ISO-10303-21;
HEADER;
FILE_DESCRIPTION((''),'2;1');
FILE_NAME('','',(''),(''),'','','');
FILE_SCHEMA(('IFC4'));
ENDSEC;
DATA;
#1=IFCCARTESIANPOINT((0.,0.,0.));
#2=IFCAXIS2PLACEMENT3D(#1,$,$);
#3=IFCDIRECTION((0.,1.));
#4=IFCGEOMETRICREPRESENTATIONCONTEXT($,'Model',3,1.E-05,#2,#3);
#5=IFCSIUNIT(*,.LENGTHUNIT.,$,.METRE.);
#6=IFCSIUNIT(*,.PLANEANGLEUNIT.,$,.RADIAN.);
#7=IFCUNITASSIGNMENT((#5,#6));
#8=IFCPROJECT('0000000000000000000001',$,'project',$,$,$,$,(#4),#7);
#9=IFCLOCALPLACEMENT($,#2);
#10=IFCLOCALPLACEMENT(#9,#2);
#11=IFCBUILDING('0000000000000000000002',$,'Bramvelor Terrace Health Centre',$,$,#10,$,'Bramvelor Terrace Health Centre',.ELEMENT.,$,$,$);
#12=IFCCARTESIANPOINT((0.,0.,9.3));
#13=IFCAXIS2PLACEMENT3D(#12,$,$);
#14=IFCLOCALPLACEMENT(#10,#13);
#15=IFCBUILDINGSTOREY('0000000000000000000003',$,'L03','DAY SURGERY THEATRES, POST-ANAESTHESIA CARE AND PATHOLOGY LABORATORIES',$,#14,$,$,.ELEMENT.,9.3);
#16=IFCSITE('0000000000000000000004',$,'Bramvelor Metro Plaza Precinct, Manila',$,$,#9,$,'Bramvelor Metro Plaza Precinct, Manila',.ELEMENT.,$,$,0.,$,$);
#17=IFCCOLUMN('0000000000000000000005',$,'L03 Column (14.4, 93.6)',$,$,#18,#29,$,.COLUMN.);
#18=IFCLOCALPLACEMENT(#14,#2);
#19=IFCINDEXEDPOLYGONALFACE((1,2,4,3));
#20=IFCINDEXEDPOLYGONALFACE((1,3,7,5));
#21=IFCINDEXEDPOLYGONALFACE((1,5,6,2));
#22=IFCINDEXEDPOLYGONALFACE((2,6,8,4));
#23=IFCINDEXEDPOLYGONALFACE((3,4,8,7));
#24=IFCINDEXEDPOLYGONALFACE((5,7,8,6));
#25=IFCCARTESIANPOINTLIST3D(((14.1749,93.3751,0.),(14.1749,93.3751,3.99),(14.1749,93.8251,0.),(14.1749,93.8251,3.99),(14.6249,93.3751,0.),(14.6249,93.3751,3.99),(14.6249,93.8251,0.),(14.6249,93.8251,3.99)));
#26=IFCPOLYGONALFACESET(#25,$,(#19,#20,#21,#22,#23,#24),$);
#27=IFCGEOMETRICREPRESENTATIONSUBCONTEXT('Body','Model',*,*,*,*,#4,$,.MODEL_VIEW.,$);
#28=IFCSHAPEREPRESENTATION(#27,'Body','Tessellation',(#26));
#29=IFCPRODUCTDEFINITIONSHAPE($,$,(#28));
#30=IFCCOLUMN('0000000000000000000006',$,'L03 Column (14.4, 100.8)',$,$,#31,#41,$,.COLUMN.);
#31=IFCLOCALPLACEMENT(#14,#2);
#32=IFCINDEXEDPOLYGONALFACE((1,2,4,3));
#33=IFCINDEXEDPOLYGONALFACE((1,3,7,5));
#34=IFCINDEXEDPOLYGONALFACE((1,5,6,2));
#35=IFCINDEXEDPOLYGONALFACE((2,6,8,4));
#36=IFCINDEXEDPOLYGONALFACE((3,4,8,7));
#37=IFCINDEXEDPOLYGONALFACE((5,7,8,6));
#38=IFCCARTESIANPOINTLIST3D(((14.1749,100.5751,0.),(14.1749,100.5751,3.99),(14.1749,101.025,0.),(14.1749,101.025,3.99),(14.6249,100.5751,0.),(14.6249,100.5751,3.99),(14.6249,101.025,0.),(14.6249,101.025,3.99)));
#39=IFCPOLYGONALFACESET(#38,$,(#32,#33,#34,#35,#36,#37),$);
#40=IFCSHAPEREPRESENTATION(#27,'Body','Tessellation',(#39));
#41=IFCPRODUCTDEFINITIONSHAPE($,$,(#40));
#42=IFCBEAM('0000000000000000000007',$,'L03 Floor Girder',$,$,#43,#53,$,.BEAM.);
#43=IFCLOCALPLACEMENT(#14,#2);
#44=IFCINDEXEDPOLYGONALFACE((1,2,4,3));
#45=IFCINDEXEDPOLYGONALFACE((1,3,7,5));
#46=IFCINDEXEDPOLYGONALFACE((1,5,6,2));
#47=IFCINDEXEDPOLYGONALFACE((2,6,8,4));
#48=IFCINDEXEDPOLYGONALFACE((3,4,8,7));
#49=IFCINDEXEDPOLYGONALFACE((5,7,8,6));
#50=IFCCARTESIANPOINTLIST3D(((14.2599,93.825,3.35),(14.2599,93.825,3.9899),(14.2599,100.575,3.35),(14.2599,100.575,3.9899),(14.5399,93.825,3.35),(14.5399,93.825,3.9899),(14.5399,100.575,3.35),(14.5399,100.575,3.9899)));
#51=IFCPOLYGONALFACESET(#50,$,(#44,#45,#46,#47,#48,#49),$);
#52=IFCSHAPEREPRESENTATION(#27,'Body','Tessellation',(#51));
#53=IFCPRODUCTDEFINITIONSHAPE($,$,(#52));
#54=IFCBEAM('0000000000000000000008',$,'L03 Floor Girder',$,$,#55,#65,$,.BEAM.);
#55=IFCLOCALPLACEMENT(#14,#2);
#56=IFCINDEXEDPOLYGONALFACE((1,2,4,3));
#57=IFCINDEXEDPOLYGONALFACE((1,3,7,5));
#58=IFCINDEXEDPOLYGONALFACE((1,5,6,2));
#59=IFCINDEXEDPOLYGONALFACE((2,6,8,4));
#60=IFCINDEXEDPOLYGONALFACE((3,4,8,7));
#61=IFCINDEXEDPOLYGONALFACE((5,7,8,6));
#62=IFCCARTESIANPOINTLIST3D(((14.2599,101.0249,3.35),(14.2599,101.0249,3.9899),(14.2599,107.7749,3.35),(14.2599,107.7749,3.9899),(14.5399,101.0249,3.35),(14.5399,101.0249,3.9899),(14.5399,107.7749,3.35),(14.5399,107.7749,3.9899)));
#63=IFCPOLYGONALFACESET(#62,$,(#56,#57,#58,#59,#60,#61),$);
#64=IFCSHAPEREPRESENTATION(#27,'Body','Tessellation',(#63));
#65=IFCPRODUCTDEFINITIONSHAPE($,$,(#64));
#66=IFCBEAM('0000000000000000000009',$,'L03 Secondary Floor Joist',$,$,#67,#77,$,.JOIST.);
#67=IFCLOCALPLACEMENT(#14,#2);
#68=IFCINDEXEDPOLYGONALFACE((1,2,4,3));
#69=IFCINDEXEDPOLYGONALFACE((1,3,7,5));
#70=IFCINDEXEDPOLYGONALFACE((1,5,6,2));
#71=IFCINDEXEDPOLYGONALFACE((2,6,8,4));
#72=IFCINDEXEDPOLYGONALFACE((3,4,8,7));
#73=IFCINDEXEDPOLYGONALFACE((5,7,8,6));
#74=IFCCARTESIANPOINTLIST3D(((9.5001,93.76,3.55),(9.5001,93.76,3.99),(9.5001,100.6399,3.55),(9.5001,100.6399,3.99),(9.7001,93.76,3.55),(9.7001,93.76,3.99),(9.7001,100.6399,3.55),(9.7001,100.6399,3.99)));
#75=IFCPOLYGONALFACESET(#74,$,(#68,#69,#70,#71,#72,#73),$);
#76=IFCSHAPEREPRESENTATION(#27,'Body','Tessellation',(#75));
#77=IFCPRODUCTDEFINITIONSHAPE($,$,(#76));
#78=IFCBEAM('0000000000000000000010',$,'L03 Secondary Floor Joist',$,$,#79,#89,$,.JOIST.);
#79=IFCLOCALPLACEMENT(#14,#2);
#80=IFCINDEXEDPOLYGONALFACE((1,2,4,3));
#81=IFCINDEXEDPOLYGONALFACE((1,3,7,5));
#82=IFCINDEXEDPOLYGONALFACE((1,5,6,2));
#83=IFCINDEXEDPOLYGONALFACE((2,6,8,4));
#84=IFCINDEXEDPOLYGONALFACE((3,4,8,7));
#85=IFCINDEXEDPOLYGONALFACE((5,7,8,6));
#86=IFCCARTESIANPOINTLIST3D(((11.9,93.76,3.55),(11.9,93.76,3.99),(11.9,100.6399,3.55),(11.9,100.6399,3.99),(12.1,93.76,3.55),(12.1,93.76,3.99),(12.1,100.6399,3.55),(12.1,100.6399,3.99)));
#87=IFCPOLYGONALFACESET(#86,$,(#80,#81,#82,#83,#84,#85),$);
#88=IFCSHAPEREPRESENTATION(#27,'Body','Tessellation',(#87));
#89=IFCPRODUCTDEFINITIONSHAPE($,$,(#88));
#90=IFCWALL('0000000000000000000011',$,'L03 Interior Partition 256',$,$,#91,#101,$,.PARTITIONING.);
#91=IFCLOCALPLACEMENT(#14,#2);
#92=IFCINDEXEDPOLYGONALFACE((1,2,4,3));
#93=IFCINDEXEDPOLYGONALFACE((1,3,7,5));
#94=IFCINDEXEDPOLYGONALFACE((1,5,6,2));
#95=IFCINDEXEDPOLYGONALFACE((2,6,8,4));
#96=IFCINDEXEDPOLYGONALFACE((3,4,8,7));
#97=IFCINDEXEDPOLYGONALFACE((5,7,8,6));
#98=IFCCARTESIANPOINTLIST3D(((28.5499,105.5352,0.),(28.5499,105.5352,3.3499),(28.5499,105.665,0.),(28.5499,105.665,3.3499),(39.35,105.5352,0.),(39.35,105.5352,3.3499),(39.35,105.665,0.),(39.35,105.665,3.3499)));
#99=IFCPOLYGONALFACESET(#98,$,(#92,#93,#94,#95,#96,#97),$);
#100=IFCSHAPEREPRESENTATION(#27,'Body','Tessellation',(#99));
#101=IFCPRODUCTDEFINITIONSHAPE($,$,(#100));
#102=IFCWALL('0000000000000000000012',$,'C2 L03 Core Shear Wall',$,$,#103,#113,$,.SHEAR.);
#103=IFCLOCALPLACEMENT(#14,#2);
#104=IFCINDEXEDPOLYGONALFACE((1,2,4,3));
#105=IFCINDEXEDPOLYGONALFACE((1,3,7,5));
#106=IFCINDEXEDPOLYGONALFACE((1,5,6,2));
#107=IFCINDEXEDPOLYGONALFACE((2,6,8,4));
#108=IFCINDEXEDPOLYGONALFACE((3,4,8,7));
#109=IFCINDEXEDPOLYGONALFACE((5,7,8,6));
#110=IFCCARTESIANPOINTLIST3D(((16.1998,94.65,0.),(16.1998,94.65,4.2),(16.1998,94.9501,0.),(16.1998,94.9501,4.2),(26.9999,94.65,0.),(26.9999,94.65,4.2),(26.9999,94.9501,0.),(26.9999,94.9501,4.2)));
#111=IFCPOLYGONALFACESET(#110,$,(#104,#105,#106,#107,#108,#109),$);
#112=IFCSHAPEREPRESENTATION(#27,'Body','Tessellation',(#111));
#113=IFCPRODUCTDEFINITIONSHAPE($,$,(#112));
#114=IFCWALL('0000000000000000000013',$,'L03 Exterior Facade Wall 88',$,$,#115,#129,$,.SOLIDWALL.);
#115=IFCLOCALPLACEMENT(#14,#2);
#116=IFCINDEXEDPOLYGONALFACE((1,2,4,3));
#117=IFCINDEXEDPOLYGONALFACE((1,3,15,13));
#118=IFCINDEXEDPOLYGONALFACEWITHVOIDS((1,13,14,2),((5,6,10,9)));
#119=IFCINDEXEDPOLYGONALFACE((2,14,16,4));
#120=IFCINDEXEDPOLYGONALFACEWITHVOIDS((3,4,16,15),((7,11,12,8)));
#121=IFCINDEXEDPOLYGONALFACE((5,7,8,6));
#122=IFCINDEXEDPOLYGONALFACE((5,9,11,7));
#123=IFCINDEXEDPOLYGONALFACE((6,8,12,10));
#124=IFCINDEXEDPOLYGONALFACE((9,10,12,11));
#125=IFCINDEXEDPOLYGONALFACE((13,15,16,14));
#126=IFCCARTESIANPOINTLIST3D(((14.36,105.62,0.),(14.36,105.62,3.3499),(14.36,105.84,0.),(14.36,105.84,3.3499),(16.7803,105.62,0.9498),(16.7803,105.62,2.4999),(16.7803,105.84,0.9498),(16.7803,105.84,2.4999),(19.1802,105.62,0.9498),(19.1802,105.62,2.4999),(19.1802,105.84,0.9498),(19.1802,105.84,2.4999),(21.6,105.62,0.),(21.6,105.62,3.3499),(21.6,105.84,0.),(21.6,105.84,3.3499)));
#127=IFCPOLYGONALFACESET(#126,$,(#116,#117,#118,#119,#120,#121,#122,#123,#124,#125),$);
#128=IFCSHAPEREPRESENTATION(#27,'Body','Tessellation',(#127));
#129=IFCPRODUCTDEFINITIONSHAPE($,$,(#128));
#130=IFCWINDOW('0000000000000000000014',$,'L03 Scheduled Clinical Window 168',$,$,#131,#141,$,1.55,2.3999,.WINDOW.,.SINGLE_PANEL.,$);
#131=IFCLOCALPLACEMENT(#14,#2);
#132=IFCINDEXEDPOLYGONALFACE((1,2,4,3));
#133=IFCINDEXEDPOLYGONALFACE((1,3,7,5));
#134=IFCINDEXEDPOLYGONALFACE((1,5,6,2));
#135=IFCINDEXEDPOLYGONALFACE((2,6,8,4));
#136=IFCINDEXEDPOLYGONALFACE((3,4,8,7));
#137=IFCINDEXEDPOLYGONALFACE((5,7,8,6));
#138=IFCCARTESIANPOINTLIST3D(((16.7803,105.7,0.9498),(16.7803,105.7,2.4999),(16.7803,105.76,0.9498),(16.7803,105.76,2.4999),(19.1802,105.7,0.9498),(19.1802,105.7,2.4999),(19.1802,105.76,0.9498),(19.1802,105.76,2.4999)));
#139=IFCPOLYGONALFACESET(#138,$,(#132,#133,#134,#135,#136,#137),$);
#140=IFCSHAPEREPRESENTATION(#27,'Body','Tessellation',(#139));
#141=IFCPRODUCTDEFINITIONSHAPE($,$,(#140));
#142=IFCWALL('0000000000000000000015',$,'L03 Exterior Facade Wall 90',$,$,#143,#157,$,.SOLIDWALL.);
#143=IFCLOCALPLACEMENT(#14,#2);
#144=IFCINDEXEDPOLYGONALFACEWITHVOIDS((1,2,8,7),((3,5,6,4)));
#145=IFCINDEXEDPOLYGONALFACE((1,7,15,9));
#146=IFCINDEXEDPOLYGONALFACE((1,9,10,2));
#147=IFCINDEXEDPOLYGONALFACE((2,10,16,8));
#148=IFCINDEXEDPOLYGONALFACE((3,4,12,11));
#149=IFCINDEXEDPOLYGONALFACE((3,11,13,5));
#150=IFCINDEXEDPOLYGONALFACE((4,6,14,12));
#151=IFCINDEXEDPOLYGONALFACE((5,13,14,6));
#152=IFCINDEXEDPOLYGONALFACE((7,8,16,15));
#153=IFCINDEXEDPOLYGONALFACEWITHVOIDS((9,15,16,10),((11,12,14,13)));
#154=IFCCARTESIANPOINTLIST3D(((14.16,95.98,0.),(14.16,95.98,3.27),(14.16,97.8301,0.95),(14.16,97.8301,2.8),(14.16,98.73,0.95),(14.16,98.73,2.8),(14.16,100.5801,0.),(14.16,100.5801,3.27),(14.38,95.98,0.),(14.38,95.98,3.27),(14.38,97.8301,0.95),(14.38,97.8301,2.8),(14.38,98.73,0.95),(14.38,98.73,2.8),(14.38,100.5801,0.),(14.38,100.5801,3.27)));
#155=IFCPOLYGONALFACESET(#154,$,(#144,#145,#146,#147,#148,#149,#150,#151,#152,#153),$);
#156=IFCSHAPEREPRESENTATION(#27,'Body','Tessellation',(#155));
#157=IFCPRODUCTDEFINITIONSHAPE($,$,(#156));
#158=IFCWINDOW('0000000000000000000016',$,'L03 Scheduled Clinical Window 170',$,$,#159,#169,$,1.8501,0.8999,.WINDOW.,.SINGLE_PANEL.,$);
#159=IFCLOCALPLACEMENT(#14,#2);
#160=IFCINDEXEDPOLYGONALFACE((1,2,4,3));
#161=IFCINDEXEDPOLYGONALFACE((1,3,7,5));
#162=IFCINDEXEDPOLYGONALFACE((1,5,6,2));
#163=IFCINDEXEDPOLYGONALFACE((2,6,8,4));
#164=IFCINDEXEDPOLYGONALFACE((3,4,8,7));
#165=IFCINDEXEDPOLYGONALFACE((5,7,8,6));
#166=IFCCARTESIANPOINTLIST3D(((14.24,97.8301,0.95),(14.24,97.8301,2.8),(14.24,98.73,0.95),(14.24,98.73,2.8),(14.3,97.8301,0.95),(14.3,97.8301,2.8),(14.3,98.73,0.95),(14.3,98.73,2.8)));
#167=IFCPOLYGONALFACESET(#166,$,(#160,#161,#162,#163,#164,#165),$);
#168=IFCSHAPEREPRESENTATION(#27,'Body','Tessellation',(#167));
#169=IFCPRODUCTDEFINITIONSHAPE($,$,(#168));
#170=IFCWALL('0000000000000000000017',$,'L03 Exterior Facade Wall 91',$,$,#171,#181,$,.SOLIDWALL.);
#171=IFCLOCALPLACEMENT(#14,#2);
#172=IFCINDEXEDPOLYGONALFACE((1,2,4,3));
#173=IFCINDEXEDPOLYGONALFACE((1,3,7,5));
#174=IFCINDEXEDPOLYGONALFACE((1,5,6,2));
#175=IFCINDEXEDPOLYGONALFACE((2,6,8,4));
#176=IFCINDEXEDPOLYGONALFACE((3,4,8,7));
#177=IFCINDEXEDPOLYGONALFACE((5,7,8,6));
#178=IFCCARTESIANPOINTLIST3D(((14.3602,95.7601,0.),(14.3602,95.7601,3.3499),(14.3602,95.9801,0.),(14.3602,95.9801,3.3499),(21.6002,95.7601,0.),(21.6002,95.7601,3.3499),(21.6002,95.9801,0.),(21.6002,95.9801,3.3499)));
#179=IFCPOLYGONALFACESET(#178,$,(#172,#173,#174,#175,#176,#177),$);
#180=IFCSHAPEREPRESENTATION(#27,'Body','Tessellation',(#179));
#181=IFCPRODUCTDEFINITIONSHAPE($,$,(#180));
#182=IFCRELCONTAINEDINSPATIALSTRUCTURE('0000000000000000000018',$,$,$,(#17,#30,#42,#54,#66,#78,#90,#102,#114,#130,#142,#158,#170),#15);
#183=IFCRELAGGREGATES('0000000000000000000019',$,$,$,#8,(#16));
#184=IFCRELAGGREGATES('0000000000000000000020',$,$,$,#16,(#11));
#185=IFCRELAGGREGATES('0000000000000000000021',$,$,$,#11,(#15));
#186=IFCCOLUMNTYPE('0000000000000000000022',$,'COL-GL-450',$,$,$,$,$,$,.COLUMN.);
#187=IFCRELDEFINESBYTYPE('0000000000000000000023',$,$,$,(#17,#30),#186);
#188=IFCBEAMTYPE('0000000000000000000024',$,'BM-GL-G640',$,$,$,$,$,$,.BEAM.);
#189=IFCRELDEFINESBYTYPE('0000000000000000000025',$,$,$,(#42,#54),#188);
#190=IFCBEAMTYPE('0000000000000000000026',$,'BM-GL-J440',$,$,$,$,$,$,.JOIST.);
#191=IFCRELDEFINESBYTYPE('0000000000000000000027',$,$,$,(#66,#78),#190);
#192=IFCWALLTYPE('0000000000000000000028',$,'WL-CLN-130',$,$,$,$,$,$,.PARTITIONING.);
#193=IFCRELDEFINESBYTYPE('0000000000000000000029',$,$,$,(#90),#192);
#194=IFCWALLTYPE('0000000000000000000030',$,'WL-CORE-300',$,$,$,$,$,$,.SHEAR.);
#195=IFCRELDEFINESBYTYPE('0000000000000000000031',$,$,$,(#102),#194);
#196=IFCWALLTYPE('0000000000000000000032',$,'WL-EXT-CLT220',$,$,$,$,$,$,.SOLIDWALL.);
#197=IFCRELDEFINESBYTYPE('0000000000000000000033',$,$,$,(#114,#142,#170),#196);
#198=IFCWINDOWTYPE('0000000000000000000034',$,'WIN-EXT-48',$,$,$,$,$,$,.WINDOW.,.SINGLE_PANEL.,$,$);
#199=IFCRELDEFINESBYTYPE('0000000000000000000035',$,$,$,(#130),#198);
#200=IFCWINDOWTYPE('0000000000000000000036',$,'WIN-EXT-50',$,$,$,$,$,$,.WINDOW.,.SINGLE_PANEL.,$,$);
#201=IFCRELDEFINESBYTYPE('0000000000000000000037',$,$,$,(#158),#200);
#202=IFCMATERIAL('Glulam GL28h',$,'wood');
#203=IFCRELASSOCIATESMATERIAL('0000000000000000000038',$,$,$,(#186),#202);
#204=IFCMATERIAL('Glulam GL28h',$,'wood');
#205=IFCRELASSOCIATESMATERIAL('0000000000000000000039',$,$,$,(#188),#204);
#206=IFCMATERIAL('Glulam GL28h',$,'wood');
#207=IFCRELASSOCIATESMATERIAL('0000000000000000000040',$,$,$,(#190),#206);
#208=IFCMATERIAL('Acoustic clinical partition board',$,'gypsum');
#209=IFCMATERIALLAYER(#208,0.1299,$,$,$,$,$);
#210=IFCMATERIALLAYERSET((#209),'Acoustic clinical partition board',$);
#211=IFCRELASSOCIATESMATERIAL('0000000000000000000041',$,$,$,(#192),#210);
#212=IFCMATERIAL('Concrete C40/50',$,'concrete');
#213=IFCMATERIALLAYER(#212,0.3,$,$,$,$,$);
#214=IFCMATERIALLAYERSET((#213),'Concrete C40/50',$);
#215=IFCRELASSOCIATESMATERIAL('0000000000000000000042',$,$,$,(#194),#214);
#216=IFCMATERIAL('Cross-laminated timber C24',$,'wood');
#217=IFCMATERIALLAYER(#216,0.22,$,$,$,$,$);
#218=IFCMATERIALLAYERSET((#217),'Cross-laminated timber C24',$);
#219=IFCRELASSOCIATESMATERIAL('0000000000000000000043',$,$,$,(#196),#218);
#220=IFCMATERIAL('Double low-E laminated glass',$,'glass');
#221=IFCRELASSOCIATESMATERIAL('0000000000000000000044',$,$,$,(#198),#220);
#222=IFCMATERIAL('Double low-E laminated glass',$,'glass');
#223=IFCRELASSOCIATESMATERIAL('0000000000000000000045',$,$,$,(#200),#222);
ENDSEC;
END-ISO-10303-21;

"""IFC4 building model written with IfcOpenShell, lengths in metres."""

from ifc_helpers import new_model, si_unit, direction, frame, frame_2d, origin, origin_2d, place, context, subcontext, project, spatial, rectangle, extrude, material, layer, layer_set, material_profile, profile_set, type_object, element, fill, save


model = new_model("IFC4")

# Units and contexts
model_context = context("Model", 3, precision=1e-05, world=origin(), true_north=direction((0.0, 1.0)))
body_context = subcontext(model_context, "Body", "Model", "MODEL_VIEW")
ifc_project = project(units=[si_unit("LENGTHUNIT", "METRE"), si_unit("PLANEANGLEUNIT", "RADIAN")], contexts=[model_context])

# Site, building, storey
site_placement = place(None, origin())
site = spatial("IfcSite", under=ifc_project, at=site_placement, Name="Bramvelor Metro Plaza Precinct, Manila", LongName="Bramvelor Metro Plaza Precinct, Manila", CompositionType="ELEMENT", RefElevation=0.0)
building_placement = place(site_placement, origin())
building = spatial("IfcBuilding", under=site, at=building_placement, Name="Bramvelor Terrace Health Centre", LongName="Bramvelor Terrace Health Centre", CompositionType="ELEMENT")
storey_placement = place(building_placement, frame((0.0, 0.0, 9.3)))
storey = spatial("IfcBuildingStorey", under=building, at=storey_placement, Name="L03", Description="DAY SURGERY THEATRES, POST-ANAESTHESIA CARE AND PATHOLOGY LABORATORIES", CompositionType="ELEMENT", Elevation=9.3)

# Columns
ifc_material_1 = material(Name="Glulam GL28h", Category="wood")
ifc_material_profile_1 = material_profile(ifc_material_1, rectangle(XDim=0.45, YDim=0.45, at=origin_2d()), Name="GL 450x450")
ifc_profile_set_1 = profile_set([ifc_material_profile_1], Name="Glulam GL28h")
column_type = type_object("IfcColumnType", Name="COL-GL-450", PredefinedType="COLUMN", material=ifc_profile_set_1)
for number, where, z_axis, x_axis, name in (
    (1, (14.3999, 93.6001, 0.0), (0.0, 0.0, 1.0), (1.0, 0.0, 0.0), "L03 Column (14.4, 93.6)"),
    (2, (14.3999, 100.8, 0.0), (0.0, 0.0, 1.0), (1.0, 0.0, 0.0), "L03 Column (14.4, 100.8)"),
):
    element("IfcColumn", number, at=place(storey_placement, frame(where, z_axis=z_axis, x_axis=x_axis)), inside=storey, type_object=column_type, Name=name, PredefinedType="COLUMN", context=body_context, shape_type="SweptSolid", body=[
        extrude(rectangle(XDim=0.45, YDim=0.45, at=origin_2d()), origin(), (0.0, 0.0, 1.0), 3.99),
    ])

# Beams
ifc_material_2 = material(Name="Glulam GL28h", Category="wood")
ifc_material_profile_2 = material_profile(ifc_material_2, rectangle(XDim=0.28, YDim=0.6399, at=origin_2d()), Name="GL 280x640")
ifc_profile_set_2 = profile_set([ifc_material_profile_2], Name="Glulam GL28h")
beam_type_1 = type_object("IfcBeamType", Name="BM-GL-G640", PredefinedType="BEAM", material=ifc_profile_set_2)
for number, where, z_axis, x_axis, name in (
    (3, (14.3999, 93.825, 3.6699), (0.0, 1.0, 0.0), (-1.0, 0.0, 0.0), "L03 Floor Girder"),
    (4, (14.3999, 101.0249, 3.6699), (0.0, 1.0, 0.0), (-1.0, 0.0, 0.0), "L03 Floor Girder"),
):
    element("IfcBeam", number, at=place(storey_placement, frame(where, z_axis=z_axis, x_axis=x_axis)), inside=storey, type_object=beam_type_1, Name=name, PredefinedType="BEAM", context=body_context, shape_type="SweptSolid", body=[
        extrude(rectangle(XDim=0.28, YDim=0.6399, at=origin_2d()), origin(), (0.0, 0.0, 1.0), 6.75),
    ])
ifc_material_3 = material(Name="Glulam GL28h", Category="wood")
ifc_material_profile_3 = material_profile(ifc_material_3, rectangle(XDim=0.2, YDim=0.4399, at=origin_2d()), Name="GL 200x440")
ifc_profile_set_3 = profile_set([ifc_material_profile_3], Name="Glulam GL28h")
beam_type_2 = type_object("IfcBeamType", Name="BM-GL-J440", PredefinedType="JOIST", material=ifc_profile_set_3)
for number, where, z_axis, x_axis, name in (
    (5, (9.6001, 93.76, 3.77), (0.0, 1.0, 0.0), (-1.0, 0.0, 0.0), "L03 Secondary Floor Joist"),
    (6, (12.0, 93.76, 3.77), (0.0, 1.0, 0.0), (-1.0, 0.0, 0.0), "L03 Secondary Floor Joist"),
):
    element("IfcBeam", number, at=place(storey_placement, frame(where, z_axis=z_axis, x_axis=x_axis)), inside=storey, type_object=beam_type_2, Name=name, PredefinedType="JOIST", context=body_context, shape_type="SweptSolid", body=[
        extrude(rectangle(XDim=0.2, YDim=0.4399, at=origin_2d()), origin(), (0.0, 0.0, 1.0), 6.8799),
    ])

# Walls
ifc_material_4 = material(Name="Acoustic clinical partition board", Category="gypsum")
ifc_layer_1 = layer(ifc_material_4, 0.1299)
ifc_layer_set_1 = layer_set([ifc_layer_1], Name="Acoustic clinical partition board")
wall_type_1 = type_object("IfcWallType", Name="WL-CLN-130", PredefinedType="PARTITIONING", material=ifc_layer_set_1)
wall_1_placement = place(storey_placement, frame((28.55, 105.6001, 0.0), z_axis=(0.0, 0.0, 1.0), x_axis=(1.0, 0.0, 0.0)))
element("IfcWall", 7, at=wall_1_placement, inside=storey, type_object=wall_type_1, Name="L03 Interior Partition 256", PredefinedType="PARTITIONING", context=body_context, shape_type="SweptSolid", body=[
    extrude(rectangle(XDim=10.8, YDim=0.1299, at=frame_2d((5.3999, 0.0))), origin(), (0.0, 0.0, 1.0), 3.3499),
])
ifc_material_5 = material(Name="Concrete C40/50", Category="concrete")
ifc_layer_2 = layer(ifc_material_5, 0.3)
ifc_layer_set_2 = layer_set([ifc_layer_2], Name="Concrete C40/50")
wall_type_2 = type_object("IfcWallType", Name="WL-CORE-300", PredefinedType="SHEAR", material=ifc_layer_set_2)
wall_2_placement = place(storey_placement, frame((16.2, 94.8, 0.0), z_axis=(0.0, 0.0, 1.0), x_axis=(1.0, 0.0, 0.0)))
element("IfcWall", 8, at=wall_2_placement, inside=storey, type_object=wall_type_2, Name="C2 L03 Core Shear Wall", PredefinedType="SHEAR", context=body_context, shape_type="SweptSolid", body=[
    extrude(rectangle(XDim=10.8, YDim=0.3, at=frame_2d((5.3999, 0.0))), origin(), (0.0, 0.0, 1.0), 4.2),
])

# Walls, openings, windows
ifc_material_6 = material(Name="Cross-laminated timber C24", Category="wood")
ifc_layer_3 = layer(ifc_material_6, 0.22)
ifc_layer_set_3 = layer_set([ifc_layer_3], Name="Cross-laminated timber C24")
wall_type_3 = type_object("IfcWallType", Name="WL-EXT-CLT220", PredefinedType="SOLIDWALL", material=ifc_layer_set_3)
wall_3_placement = place(storey_placement, frame((21.6001, 105.73, 0.0), z_axis=(0.0, 0.0, 1.0), x_axis=(-1.0, 0.0, 0.0)))
wall_3 = element("IfcWall", 9, at=wall_3_placement, inside=storey, type_object=wall_type_3, Name="L03 Exterior Facade Wall 88", PredefinedType="SOLIDWALL", context=body_context, shape_type="SweptSolid", body=[
    extrude(rectangle(XDim=7.24, YDim=0.22, at=frame_2d((3.6201, 0.0))), origin(), (0.0, 0.0, 1.0), 3.3499),
])
opening_1_placement = place(wall_3_placement, frame((2.4199, 0.0, 0.95)))
opening_1 = element("IfcOpeningElement", 10, at=opening_1_placement, cuts=wall_3, PredefinedType="OPENING", context=body_context, shape_type="SweptSolid", body=[
    extrude(rectangle(XDim=2.3999, YDim=1.55, at=frame_2d((1.2, 0.7749))), frame((0.0, 0.1199, 0.0), z_axis=(0.0, -1.0, 0.0), x_axis=(1.0, 0.0, 0.0)), (0.0, 0.0, 1.0), 0.24),
])
ifc_material_7 = material(Name="Double low-E laminated glass", Category="glass")
window_type_1 = type_object("IfcWindowType", Name="WIN-EXT-48", PartitioningType="SINGLE_PANEL", PredefinedType="WINDOW", material=ifc_material_7)
window_1_placement = place(opening_1_placement, origin())
window_1 = element("IfcWindow", 11, at=window_1_placement, inside=storey, type_object=window_type_1, Name="L03 Scheduled Clinical Window 168", OverallHeight=1.55, OverallWidth=2.3999, PartitioningType="SINGLE_PANEL", PredefinedType="WINDOW", context=body_context, shape_type="SweptSolid", body=[
    extrude(rectangle(XDim=2.3999, YDim=1.55, at=frame_2d((1.2, 0.7749))), frame((0.0, 0.03, 0.0), z_axis=(0.0, -1.0, 0.0), x_axis=(1.0, 0.0, 0.0)), (0.0, 0.0, 1.0), 0.0601),
])
fill(opening_1, window_1)
wall_4_placement = place(storey_placement, frame((14.27, 100.5801, 0.0), z_axis=(0.0, 0.0, 1.0), x_axis=(0.0, -1.0, 0.0)))
wall_4 = element("IfcWall", 12, at=wall_4_placement, inside=storey, type_object=wall_type_3, Name="L03 Exterior Facade Wall 90", PredefinedType="SOLIDWALL", context=body_context, shape_type="SweptSolid", body=[
    extrude(rectangle(XDim=4.6001, YDim=0.22, at=frame_2d((2.3, 0.0))), origin(), (0.0, 0.0, 1.0), 3.27),
])
opening_2_placement = place(wall_4_placement, frame((1.8501, 0.0, 0.95)))
opening_2 = element("IfcOpeningElement", 13, at=opening_2_placement, cuts=wall_4, PredefinedType="OPENING", context=body_context, shape_type="SweptSolid", body=[
    extrude(rectangle(XDim=0.8999, YDim=1.8501, at=frame_2d((0.45, 0.925))), frame((0.0, 0.1199, 0.0), z_axis=(0.0, -1.0, 0.0), x_axis=(1.0, 0.0, 0.0)), (0.0, 0.0, 1.0), 0.24),
])
ifc_material_8 = material(Name="Double low-E laminated glass", Category="glass")
window_type_2 = type_object("IfcWindowType", Name="WIN-EXT-50", PartitioningType="SINGLE_PANEL", PredefinedType="WINDOW", material=ifc_material_8)
window_2_placement = place(opening_2_placement, origin())
window_2 = element("IfcWindow", 14, at=window_2_placement, inside=storey, type_object=window_type_2, Name="L03 Scheduled Clinical Window 170", OverallHeight=1.8501, OverallWidth=0.8999, PartitioningType="SINGLE_PANEL", PredefinedType="WINDOW", context=body_context, shape_type="SweptSolid", body=[
    extrude(rectangle(XDim=0.8999, YDim=1.8501, at=frame_2d((0.45, 0.925))), frame((0.0, 0.03, 0.0), z_axis=(0.0, -1.0, 0.0), x_axis=(1.0, 0.0, 0.0)), (0.0, 0.0, 1.0), 0.0601),
])
fill(opening_2, window_2)

# Wall
wall_5_placement = place(storey_placement, frame((14.3601, 95.8701, 0.0), z_axis=(0.0, 0.0, 1.0), x_axis=(1.0, 0.0, 0.0)))
element("IfcWall", 15, at=wall_5_placement, inside=storey, type_object=wall_type_3, Name="L03 Exterior Facade Wall 91", PredefinedType="SOLIDWALL", context=body_context, shape_type="SweptSolid", body=[
    extrude(rectangle(XDim=7.24, YDim=0.22, at=frame_2d((3.6201, 0.0))), origin(), (0.0, 0.0, 1.0), 3.3499),
])

save(model, "model.ifc")
